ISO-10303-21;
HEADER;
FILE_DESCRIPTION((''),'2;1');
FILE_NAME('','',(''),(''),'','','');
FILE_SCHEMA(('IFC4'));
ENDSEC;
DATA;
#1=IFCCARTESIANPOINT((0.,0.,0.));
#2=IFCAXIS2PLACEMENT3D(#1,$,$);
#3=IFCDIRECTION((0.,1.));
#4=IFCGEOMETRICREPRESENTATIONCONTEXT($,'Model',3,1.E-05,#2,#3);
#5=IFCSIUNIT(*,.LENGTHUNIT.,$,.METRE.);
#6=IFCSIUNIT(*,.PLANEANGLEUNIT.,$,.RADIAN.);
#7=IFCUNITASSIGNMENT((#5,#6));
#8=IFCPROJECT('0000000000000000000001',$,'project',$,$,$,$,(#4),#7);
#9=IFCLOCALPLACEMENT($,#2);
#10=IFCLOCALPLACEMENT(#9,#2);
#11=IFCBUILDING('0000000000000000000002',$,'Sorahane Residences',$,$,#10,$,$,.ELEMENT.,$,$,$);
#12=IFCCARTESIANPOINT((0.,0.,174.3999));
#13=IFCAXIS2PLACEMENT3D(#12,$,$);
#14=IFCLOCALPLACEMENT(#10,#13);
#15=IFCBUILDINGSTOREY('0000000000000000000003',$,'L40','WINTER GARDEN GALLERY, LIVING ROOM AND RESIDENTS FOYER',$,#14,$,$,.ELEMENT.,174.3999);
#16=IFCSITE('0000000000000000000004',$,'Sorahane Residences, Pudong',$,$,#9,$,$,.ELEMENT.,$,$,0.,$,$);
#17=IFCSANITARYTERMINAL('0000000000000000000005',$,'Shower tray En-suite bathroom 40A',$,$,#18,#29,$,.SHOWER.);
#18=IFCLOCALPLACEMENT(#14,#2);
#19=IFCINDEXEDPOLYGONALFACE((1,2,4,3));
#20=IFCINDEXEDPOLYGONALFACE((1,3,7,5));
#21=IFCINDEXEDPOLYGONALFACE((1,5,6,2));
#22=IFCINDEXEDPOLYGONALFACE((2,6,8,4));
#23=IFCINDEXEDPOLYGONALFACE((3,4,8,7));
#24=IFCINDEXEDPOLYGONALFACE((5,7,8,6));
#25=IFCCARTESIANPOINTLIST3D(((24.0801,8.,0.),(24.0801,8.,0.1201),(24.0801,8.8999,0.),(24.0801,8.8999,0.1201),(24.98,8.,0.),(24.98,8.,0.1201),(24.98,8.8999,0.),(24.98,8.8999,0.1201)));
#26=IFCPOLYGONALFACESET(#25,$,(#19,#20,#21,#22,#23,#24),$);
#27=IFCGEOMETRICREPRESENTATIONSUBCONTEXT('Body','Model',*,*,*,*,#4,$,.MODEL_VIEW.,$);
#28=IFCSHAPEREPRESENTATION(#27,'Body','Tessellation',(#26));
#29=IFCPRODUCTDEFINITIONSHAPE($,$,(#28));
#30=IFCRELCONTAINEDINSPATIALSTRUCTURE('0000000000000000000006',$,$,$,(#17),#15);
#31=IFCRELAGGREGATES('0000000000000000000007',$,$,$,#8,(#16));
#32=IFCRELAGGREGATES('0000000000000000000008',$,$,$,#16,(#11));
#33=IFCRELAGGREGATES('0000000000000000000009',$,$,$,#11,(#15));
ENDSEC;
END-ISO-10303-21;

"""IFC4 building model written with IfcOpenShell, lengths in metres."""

from ifc_helpers import new_model, si_unit, direction, frame, origin, origin_2d, place, context, subcontext, project, spatial, rectangle, extrude, element, save


model = new_model("IFC4")

# Units and contexts
model_context = context("Model", 3, precision=1e-05, world=origin(), true_north=direction((0.0, 1.0)))
body_context = subcontext(model_context, "Body", "Model", "MODEL_VIEW")
ifc_project = project(units=[si_unit("LENGTHUNIT", "METRE"), si_unit("PLANEANGLEUNIT", "RADIAN")], contexts=[model_context])

# Site, building, storey
site_placement = place(None, origin())
site = spatial("IfcSite", under=ifc_project, at=site_placement, Name="Sorahane Residences, Pudong", CompositionType="ELEMENT", RefElevation=0.0)
building_placement = place(site_placement, origin())
building = spatial("IfcBuilding", under=site, at=building_placement, Name="Sorahane Residences", CompositionType="ELEMENT")
storey_placement = place(building_placement, frame((0.0, 0.0, 174.3999)))
storey = spatial("IfcBuildingStorey", under=building, at=storey_placement, Name="L40", Description="WINTER GARDEN GALLERY, LIVING ROOM AND RESIDENTS FOYER", CompositionType="ELEMENT", Elevation=174.3999)

# Sanitary terminal
sanitary_terminal_placement = place(storey_placement, frame((24.53, 8.45, 0.0), z_axis=(0.0, 0.0, 1.0), x_axis=(1.0, 0.0, 0.0)))
element("IfcSanitaryTerminal", 1, at=sanitary_terminal_placement, inside=storey, Name="Shower tray En-suite bathroom 40A", PredefinedType="SHOWER", context=body_context, shape_type="SweptSolid", body=[
    extrude(rectangle(XDim=0.8999, YDim=0.8999, at=origin_2d()), origin(), (0.0, 0.0, 1.0), 0.1201),
])

save(model, "model.ifc")
